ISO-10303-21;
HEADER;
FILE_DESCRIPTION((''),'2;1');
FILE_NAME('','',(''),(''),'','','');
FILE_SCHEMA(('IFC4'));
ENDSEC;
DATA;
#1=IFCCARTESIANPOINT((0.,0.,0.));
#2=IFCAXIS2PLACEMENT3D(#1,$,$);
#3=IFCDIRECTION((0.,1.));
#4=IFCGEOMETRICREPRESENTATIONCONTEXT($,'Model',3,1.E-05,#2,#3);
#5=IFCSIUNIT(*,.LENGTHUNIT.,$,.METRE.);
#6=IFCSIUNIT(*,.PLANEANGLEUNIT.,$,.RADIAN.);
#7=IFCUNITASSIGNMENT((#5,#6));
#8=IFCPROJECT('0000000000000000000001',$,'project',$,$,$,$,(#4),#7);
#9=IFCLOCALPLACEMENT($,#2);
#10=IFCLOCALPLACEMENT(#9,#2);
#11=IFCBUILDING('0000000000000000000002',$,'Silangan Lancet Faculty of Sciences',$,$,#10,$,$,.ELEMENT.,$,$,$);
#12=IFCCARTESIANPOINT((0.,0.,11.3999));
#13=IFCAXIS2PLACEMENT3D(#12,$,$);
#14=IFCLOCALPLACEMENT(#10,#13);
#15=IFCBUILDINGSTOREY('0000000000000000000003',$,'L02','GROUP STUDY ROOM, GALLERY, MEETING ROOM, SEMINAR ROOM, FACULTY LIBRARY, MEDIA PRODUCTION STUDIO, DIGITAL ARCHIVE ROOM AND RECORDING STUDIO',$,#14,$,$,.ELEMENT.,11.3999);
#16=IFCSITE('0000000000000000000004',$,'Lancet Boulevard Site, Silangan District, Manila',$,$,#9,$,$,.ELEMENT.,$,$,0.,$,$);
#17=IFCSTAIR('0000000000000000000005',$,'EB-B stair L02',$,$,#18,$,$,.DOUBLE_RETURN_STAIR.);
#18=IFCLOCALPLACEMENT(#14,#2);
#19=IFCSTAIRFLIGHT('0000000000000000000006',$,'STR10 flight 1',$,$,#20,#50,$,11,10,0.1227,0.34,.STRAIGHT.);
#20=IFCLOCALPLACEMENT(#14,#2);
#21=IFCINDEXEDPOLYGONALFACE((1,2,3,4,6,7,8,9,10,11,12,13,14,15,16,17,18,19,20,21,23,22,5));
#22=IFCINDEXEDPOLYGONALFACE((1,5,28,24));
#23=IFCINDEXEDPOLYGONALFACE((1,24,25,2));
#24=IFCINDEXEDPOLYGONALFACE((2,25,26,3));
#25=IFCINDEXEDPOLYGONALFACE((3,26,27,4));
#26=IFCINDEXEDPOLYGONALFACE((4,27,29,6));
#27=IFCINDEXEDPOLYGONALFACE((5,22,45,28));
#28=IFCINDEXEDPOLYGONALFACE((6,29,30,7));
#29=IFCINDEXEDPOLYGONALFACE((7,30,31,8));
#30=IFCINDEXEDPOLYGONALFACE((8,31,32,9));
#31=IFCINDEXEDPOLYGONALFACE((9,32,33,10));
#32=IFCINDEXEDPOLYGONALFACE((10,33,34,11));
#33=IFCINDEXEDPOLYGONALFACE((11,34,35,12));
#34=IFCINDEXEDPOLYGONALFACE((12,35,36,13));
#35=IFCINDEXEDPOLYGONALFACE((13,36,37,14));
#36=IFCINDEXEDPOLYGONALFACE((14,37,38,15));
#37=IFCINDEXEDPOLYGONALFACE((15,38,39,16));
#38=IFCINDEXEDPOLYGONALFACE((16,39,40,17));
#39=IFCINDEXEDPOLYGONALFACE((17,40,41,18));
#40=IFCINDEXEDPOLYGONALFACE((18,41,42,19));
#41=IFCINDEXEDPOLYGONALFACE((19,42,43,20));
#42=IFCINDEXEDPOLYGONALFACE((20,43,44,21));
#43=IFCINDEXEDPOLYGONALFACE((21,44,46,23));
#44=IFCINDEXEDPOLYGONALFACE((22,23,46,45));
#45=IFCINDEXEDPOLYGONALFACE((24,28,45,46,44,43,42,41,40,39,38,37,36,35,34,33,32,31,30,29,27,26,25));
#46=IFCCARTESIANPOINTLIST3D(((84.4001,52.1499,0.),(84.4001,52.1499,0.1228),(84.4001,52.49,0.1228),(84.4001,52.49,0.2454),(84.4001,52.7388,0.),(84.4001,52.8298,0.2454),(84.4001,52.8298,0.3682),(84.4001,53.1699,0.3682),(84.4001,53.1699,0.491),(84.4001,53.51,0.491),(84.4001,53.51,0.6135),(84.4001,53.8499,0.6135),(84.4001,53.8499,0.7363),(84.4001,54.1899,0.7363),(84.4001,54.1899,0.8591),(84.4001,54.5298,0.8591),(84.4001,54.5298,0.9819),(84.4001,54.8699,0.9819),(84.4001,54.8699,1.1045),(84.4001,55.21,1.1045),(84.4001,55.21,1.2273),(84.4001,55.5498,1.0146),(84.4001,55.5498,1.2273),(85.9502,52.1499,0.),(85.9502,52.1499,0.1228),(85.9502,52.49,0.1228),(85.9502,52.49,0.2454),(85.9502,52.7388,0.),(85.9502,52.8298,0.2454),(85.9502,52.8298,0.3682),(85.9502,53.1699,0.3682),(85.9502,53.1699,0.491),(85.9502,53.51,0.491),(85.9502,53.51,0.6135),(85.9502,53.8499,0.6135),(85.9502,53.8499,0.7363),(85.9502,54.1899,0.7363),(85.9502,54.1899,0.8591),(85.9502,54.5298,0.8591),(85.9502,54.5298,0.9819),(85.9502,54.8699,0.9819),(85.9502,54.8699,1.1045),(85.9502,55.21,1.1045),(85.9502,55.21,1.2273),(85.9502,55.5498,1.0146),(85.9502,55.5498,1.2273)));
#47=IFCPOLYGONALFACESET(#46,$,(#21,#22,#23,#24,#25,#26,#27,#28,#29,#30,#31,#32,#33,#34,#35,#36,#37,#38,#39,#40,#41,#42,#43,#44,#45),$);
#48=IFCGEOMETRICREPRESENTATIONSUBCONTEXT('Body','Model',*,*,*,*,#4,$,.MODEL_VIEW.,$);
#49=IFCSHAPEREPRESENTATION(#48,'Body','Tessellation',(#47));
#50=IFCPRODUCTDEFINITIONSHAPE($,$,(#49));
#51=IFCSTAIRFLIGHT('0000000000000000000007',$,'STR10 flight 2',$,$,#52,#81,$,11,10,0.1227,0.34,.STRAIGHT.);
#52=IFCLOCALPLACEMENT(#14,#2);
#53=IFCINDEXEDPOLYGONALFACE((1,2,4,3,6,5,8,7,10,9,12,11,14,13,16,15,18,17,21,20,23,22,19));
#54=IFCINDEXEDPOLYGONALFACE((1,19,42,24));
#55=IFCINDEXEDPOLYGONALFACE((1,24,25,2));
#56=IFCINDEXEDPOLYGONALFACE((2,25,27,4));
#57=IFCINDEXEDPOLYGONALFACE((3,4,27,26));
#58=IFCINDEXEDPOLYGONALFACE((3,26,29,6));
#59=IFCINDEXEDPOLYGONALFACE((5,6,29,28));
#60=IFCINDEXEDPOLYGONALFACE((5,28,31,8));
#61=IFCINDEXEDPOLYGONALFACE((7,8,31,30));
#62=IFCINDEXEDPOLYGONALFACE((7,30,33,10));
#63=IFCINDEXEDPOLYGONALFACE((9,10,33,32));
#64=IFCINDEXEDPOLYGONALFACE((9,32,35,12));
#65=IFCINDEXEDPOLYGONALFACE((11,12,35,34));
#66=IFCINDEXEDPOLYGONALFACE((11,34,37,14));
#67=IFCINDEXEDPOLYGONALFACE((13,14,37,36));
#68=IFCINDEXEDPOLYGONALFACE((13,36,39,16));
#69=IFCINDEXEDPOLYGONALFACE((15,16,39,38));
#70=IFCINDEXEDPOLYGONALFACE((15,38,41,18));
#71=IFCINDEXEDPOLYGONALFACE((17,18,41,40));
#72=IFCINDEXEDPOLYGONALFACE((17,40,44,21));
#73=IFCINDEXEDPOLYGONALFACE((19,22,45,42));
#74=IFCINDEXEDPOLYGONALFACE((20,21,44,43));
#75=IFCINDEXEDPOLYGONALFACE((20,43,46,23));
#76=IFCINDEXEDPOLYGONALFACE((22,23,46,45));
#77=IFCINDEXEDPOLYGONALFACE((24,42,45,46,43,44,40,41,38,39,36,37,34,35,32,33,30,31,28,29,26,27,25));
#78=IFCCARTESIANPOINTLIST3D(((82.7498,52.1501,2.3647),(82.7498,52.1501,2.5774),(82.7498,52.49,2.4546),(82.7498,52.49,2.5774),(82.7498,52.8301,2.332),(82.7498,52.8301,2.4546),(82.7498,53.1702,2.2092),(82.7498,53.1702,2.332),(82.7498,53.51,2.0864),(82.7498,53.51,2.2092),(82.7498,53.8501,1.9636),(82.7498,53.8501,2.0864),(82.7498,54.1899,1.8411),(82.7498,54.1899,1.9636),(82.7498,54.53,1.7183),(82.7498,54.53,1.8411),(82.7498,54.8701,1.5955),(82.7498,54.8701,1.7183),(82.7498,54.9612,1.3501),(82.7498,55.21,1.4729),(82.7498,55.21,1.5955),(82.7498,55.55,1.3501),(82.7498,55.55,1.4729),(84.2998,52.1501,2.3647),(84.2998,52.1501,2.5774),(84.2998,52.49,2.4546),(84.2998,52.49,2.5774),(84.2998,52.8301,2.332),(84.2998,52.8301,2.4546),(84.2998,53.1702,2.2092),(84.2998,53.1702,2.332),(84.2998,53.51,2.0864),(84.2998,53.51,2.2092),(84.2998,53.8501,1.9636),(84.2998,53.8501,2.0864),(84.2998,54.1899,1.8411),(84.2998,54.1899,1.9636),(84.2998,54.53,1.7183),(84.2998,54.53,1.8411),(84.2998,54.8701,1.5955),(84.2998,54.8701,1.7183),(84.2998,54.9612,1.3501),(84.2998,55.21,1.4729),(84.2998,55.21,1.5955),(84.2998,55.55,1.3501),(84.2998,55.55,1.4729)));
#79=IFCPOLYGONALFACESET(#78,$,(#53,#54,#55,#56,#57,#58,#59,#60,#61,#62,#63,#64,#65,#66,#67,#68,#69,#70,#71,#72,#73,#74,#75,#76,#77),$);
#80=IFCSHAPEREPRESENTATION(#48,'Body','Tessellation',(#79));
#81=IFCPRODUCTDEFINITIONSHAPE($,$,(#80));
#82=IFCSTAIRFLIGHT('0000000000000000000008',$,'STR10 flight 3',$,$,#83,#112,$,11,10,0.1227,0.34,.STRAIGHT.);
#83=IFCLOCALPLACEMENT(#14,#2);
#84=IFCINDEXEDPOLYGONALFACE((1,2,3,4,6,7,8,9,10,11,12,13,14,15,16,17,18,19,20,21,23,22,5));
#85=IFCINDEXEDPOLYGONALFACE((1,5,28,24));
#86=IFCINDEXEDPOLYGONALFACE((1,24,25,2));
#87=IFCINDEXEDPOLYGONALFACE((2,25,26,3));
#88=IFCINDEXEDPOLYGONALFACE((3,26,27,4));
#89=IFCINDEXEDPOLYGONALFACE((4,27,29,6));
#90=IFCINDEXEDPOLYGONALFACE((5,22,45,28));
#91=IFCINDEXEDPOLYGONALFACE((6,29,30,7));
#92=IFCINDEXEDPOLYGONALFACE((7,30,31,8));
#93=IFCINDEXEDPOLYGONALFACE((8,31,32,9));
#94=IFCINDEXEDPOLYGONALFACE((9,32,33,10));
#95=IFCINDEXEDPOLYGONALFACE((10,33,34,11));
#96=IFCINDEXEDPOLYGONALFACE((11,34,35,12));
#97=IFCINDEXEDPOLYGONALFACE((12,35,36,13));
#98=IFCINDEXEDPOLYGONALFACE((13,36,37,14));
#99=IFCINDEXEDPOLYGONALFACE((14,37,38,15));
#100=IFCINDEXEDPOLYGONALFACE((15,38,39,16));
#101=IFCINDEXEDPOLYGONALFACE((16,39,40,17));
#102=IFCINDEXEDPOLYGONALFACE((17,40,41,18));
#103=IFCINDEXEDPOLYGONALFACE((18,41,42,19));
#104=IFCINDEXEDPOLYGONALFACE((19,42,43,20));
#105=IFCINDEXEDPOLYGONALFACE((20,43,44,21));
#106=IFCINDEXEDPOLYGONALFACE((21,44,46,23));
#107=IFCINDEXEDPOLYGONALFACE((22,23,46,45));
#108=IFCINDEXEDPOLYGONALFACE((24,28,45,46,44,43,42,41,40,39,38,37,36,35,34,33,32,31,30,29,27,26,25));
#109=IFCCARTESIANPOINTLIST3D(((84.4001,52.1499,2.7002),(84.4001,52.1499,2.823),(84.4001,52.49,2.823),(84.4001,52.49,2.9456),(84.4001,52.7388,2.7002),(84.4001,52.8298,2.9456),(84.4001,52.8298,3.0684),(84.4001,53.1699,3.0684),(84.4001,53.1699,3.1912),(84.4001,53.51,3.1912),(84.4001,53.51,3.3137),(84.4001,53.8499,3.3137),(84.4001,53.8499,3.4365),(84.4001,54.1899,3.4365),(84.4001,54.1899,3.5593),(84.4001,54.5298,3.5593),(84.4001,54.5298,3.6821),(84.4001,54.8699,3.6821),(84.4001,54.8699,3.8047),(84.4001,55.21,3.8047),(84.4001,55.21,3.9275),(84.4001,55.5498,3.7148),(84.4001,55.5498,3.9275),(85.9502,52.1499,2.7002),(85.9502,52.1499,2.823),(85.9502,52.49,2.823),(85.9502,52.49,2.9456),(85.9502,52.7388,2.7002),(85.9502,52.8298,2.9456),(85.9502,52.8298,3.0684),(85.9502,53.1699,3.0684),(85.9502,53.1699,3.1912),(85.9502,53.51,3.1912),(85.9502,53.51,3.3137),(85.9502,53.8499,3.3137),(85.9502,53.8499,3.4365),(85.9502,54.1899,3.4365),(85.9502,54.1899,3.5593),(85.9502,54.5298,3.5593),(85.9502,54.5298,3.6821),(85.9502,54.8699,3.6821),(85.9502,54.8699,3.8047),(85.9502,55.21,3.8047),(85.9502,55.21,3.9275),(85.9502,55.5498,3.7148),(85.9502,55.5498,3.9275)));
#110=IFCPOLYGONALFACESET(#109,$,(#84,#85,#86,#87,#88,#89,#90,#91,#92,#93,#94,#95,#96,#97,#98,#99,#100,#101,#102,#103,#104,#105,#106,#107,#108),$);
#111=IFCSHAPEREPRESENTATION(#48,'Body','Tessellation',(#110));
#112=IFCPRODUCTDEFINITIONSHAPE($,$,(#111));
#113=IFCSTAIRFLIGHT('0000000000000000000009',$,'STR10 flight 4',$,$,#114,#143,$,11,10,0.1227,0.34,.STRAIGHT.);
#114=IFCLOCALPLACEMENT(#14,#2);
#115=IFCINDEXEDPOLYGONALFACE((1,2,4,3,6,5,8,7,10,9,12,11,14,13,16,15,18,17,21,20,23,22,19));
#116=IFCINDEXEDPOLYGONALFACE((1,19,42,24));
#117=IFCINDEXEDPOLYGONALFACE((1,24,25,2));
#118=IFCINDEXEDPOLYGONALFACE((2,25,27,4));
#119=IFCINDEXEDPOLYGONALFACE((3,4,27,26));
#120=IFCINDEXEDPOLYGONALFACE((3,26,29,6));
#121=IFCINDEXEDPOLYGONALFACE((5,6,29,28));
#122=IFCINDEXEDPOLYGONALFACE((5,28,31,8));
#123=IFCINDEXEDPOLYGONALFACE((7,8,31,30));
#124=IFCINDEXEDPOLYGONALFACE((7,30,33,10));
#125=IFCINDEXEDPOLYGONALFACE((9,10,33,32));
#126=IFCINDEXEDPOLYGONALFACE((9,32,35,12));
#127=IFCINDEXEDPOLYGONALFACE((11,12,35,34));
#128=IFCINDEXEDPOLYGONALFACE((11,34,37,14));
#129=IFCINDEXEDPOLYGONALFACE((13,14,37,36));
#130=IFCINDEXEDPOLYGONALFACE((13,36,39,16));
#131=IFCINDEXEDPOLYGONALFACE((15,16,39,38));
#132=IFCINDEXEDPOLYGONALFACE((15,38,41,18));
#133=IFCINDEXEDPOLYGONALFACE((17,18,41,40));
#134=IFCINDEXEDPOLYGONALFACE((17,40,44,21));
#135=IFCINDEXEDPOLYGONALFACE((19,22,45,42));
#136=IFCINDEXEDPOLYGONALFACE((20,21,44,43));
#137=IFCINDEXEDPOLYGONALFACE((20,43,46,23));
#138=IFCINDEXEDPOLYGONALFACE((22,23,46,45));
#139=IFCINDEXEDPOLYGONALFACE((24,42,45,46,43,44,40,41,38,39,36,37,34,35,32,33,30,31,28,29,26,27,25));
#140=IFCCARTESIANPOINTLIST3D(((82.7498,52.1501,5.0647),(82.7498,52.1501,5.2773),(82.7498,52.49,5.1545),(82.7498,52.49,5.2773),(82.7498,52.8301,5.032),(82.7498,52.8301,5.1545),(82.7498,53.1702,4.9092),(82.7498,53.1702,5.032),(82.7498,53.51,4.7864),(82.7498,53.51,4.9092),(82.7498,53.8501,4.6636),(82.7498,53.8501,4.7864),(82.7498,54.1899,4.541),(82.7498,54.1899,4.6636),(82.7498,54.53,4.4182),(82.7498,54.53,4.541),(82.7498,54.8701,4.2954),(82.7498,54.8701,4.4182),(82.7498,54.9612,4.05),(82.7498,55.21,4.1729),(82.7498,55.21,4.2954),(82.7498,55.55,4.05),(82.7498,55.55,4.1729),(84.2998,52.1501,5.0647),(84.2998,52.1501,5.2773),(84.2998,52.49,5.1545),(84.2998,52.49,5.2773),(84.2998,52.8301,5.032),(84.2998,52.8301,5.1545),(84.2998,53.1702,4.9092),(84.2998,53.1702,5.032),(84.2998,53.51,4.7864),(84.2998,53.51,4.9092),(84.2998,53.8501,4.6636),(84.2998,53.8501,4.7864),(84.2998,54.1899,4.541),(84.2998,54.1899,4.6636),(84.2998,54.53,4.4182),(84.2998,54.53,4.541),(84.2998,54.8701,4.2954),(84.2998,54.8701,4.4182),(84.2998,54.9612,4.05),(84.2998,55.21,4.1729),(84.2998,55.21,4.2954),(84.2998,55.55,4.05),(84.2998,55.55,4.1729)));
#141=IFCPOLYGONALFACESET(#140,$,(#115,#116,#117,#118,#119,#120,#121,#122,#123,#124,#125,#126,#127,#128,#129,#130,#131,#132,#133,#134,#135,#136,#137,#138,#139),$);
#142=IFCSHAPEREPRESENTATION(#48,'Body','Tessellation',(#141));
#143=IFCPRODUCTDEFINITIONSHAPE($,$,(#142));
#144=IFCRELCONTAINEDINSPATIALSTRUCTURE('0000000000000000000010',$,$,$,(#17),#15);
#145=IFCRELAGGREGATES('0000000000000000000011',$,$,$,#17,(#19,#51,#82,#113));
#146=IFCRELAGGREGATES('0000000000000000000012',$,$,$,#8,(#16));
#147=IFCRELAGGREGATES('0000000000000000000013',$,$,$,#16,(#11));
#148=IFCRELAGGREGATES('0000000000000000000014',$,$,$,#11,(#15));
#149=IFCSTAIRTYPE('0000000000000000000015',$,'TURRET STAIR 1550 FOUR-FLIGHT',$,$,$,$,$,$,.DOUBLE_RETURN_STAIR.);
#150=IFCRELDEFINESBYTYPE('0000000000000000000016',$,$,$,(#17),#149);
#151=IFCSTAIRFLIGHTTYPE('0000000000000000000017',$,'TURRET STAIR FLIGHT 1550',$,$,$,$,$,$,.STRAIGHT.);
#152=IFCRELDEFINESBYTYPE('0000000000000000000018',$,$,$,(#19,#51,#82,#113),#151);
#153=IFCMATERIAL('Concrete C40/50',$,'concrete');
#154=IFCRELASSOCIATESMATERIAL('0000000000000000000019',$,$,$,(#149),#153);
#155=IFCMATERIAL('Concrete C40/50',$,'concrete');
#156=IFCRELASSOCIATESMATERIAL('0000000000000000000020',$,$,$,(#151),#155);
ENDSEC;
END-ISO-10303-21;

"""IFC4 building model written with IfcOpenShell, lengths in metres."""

from ifc_helpers import new_model, si_unit, direction, frame, origin, place, context, subcontext, project, spatial, polyline, outline, extrude, material, type_object, element, aggregate, save


model = new_model("IFC4")

# Units and contexts
model_context = context("Model", 3, precision=1e-05, world=origin(), true_north=direction((0.0, 1.0)))
body_context = subcontext(model_context, "Body", "Model", "MODEL_VIEW")
ifc_project = project(units=[si_unit("LENGTHUNIT", "METRE"), si_unit("PLANEANGLEUNIT", "RADIAN")], contexts=[model_context])

# Site, building, storey
site_placement = place(None, origin())
site = spatial("IfcSite", under=ifc_project, at=site_placement, Name="Lancet Boulevard Site, Silangan District, Manila", CompositionType="ELEMENT", RefElevation=0.0)
building_placement = place(site_placement, origin())
building = spatial("IfcBuilding", under=site, at=building_placement, Name="Silangan Lancet Faculty of Sciences", CompositionType="ELEMENT")
storey_placement = place(building_placement, frame((0.0, 0.0, 11.3999)))
storey = spatial("IfcBuildingStorey", under=building, at=storey_placement, Name="L02", Description="GROUP STUDY ROOM, GALLERY, MEETING ROOM, SEMINAR ROOM, FACULTY LIBRARY, MEDIA PRODUCTION STUDIO, DIGITAL ARCHIVE ROOM AND RECORDING STUDIO", CompositionType="ELEMENT", Elevation=11.3999)

# Stair, stair flights
ifc_material_1 = material(Name="Concrete C40/50", Category="concrete")
stair_type = type_object("IfcStairType", Name="TURRET STAIR 1550 FOUR-FLIGHT", PredefinedType="DOUBLE_RETURN_STAIR", material=ifc_material_1)
stair_placement = place(storey_placement, origin())
stair = element("IfcStair", 1, at=stair_placement, inside=storey, type_object=stair_type, Name="EB-B stair L02", PredefinedType="DOUBLE_RETURN_STAIR")
ifc_material_2 = material(Name="Concrete C40/50", Category="concrete")
stair_flight_type = type_object("IfcStairFlightType", Name="TURRET STAIR FLIGHT 1550", PredefinedType="STRAIGHT", material=ifc_material_2)
stair_flight_1_placement = place(storey_placement, frame((85.175, 52.1499, 0.0), z_axis=(0.0, 0.0, 1.0), x_axis=(0.0, 1.0, 0.0)))
stair_flight_1 = element("IfcStairFlight", 2, at=stair_flight_1_placement, type_object=stair_flight_type, Name="STR10 flight 1", NumberOfRisers=11, NumberOfTreads=10, PredefinedType="STRAIGHT", RiserHeight=0.1227, TreadLength=0.34, context=body_context, shape_type="SweptSolid", body=[
    extrude(outline(polyline([(0.0, 0.0), (0.0, 0.1228), (0.3401, 0.1228), (0.3401, 0.2454), (0.6799, 0.2454), (0.6799, 0.3682), (1.02, 0.3682), (1.02, 0.491), (1.3601, 0.491), (1.3601, 0.6135), (1.7, 0.6135), (1.7, 0.7363), (2.04, 0.7363), (2.04, 0.8591), (2.3799, 0.8591), (2.3799, 0.9819), (2.72, 0.9819), (2.72, 1.1045), (3.0601, 1.1045), (3.0601, 1.2273), (3.3999, 1.2273), (3.3999, 1.3501), (3.3999, 1.0146), (0.5889, 0.0), (0.0, 0.0)])), frame((0.0, 0.7749, 0.0), z_axis=(0.0, -1.0, 0.0), x_axis=(1.0, 0.0, 0.0)), (0.0, 0.0, 1.0), 1.55),
])
stair_flight_2_placement = place(storey_placement, frame((83.5249, 55.55, 1.3501), z_axis=(0.0, 0.0, 1.0), x_axis=(0.0, -1.0, 0.0)))
stair_flight_2 = element("IfcStairFlight", 3, at=stair_flight_2_placement, type_object=stair_flight_type, Name="STR10 flight 2", NumberOfRisers=11, NumberOfTreads=10, PredefinedType="STRAIGHT", RiserHeight=0.1227, TreadLength=0.34, context=body_context, shape_type="SweptSolid", body=[
    extrude(outline(polyline([(0.0, 0.0), (0.0, 0.1228), (0.3401, 0.1228), (0.3401, 0.2454), (0.6799, 0.2454), (0.6799, 0.3682), (1.02, 0.3682), (1.02, 0.491), (1.3601, 0.491), (1.3601, 0.6135), (1.7, 0.6135), (1.7, 0.7363), (2.04, 0.7363), (2.04, 0.8591), (2.3799, 0.8591), (2.3799, 0.9819), (2.72, 0.9819), (2.72, 1.1045), (3.0601, 1.1045), (3.0601, 1.2273), (3.3999, 1.2273), (3.3999, 1.3501), (3.3999, 1.0146), (0.5889, 0.0), (0.0, 0.0)])), frame((0.0, 0.7749, 0.0), z_axis=(0.0, -1.0, 0.0), x_axis=(1.0, 0.0, 0.0)), (0.0, 0.0, 1.0), 1.55),
])
stair_flight_3_placement = place(storey_placement, frame((85.175, 52.1499, 2.7002), z_axis=(0.0, 0.0, 1.0), x_axis=(0.0, 1.0, 0.0)))
stair_flight_3 = element("IfcStairFlight", 4, at=stair_flight_3_placement, type_object=stair_flight_type, Name="STR10 flight 3", NumberOfRisers=11, NumberOfTreads=10, PredefinedType="STRAIGHT", RiserHeight=0.1227, TreadLength=0.34, context=body_context, shape_type="SweptSolid", body=[
    extrude(outline(polyline([(0.0, 0.0), (0.0, 0.1228), (0.3401, 0.1228), (0.3401, 0.2454), (0.6799, 0.2454), (0.6799, 0.3682), (1.02, 0.3682), (1.02, 0.491), (1.3601, 0.491), (1.3601, 0.6135), (1.7, 0.6135), (1.7, 0.7363), (2.04, 0.7363), (2.04, 0.8591), (2.3799, 0.8591), (2.3799, 0.9819), (2.72, 0.9819), (2.72, 1.1045), (3.0601, 1.1045), (3.0601, 1.2273), (3.3999, 1.2273), (3.3999, 1.3501), (3.3999, 1.0146), (0.5889, 0.0), (0.0, 0.0)])), frame((0.0, 0.7749, 0.0), z_axis=(0.0, -1.0, 0.0), x_axis=(1.0, 0.0, 0.0)), (0.0, 0.0, 1.0), 1.55),
])
stair_flight_4_placement = place(storey_placement, frame((83.5249, 55.55, 4.05), z_axis=(0.0, 0.0, 1.0), x_axis=(0.0, -1.0, 0.0)))
stair_flight_4 = element("IfcStairFlight", 5, at=stair_flight_4_placement, type_object=stair_flight_type, Name="STR10 flight 4", NumberOfRisers=11, NumberOfTreads=10, PredefinedType="STRAIGHT", RiserHeight=0.1227, TreadLength=0.34, context=body_context, shape_type="SweptSolid", body=[
    extrude(outline(polyline([(0.0, 0.0), (0.0, 0.1228), (0.3401, 0.1228), (0.3401, 0.2454), (0.6799, 0.2454), (0.6799, 0.3682), (1.02, 0.3682), (1.02, 0.491), (1.3601, 0.491), (1.3601, 0.6135), (1.7, 0.6135), (1.7, 0.7363), (2.04, 0.7363), (2.04, 0.8591), (2.3799, 0.8591), (2.3799, 0.9819), (2.72, 0.9819), (2.72, 1.1045), (3.0601, 1.1045), (3.0601, 1.2273), (3.3999, 1.2273), (3.3999, 1.3501), (3.3999, 1.0146), (0.5889, 0.0), (0.0, 0.0)])), frame((0.0, 0.7749, 0.0), z_axis=(0.0, -1.0, 0.0), x_axis=(1.0, 0.0, 0.0)), (0.0, 0.0, 1.0), 1.55),
])
aggregate(stair, [stair_flight_1, stair_flight_2, stair_flight_3, stair_flight_4])

save(model, "model.ifc")
